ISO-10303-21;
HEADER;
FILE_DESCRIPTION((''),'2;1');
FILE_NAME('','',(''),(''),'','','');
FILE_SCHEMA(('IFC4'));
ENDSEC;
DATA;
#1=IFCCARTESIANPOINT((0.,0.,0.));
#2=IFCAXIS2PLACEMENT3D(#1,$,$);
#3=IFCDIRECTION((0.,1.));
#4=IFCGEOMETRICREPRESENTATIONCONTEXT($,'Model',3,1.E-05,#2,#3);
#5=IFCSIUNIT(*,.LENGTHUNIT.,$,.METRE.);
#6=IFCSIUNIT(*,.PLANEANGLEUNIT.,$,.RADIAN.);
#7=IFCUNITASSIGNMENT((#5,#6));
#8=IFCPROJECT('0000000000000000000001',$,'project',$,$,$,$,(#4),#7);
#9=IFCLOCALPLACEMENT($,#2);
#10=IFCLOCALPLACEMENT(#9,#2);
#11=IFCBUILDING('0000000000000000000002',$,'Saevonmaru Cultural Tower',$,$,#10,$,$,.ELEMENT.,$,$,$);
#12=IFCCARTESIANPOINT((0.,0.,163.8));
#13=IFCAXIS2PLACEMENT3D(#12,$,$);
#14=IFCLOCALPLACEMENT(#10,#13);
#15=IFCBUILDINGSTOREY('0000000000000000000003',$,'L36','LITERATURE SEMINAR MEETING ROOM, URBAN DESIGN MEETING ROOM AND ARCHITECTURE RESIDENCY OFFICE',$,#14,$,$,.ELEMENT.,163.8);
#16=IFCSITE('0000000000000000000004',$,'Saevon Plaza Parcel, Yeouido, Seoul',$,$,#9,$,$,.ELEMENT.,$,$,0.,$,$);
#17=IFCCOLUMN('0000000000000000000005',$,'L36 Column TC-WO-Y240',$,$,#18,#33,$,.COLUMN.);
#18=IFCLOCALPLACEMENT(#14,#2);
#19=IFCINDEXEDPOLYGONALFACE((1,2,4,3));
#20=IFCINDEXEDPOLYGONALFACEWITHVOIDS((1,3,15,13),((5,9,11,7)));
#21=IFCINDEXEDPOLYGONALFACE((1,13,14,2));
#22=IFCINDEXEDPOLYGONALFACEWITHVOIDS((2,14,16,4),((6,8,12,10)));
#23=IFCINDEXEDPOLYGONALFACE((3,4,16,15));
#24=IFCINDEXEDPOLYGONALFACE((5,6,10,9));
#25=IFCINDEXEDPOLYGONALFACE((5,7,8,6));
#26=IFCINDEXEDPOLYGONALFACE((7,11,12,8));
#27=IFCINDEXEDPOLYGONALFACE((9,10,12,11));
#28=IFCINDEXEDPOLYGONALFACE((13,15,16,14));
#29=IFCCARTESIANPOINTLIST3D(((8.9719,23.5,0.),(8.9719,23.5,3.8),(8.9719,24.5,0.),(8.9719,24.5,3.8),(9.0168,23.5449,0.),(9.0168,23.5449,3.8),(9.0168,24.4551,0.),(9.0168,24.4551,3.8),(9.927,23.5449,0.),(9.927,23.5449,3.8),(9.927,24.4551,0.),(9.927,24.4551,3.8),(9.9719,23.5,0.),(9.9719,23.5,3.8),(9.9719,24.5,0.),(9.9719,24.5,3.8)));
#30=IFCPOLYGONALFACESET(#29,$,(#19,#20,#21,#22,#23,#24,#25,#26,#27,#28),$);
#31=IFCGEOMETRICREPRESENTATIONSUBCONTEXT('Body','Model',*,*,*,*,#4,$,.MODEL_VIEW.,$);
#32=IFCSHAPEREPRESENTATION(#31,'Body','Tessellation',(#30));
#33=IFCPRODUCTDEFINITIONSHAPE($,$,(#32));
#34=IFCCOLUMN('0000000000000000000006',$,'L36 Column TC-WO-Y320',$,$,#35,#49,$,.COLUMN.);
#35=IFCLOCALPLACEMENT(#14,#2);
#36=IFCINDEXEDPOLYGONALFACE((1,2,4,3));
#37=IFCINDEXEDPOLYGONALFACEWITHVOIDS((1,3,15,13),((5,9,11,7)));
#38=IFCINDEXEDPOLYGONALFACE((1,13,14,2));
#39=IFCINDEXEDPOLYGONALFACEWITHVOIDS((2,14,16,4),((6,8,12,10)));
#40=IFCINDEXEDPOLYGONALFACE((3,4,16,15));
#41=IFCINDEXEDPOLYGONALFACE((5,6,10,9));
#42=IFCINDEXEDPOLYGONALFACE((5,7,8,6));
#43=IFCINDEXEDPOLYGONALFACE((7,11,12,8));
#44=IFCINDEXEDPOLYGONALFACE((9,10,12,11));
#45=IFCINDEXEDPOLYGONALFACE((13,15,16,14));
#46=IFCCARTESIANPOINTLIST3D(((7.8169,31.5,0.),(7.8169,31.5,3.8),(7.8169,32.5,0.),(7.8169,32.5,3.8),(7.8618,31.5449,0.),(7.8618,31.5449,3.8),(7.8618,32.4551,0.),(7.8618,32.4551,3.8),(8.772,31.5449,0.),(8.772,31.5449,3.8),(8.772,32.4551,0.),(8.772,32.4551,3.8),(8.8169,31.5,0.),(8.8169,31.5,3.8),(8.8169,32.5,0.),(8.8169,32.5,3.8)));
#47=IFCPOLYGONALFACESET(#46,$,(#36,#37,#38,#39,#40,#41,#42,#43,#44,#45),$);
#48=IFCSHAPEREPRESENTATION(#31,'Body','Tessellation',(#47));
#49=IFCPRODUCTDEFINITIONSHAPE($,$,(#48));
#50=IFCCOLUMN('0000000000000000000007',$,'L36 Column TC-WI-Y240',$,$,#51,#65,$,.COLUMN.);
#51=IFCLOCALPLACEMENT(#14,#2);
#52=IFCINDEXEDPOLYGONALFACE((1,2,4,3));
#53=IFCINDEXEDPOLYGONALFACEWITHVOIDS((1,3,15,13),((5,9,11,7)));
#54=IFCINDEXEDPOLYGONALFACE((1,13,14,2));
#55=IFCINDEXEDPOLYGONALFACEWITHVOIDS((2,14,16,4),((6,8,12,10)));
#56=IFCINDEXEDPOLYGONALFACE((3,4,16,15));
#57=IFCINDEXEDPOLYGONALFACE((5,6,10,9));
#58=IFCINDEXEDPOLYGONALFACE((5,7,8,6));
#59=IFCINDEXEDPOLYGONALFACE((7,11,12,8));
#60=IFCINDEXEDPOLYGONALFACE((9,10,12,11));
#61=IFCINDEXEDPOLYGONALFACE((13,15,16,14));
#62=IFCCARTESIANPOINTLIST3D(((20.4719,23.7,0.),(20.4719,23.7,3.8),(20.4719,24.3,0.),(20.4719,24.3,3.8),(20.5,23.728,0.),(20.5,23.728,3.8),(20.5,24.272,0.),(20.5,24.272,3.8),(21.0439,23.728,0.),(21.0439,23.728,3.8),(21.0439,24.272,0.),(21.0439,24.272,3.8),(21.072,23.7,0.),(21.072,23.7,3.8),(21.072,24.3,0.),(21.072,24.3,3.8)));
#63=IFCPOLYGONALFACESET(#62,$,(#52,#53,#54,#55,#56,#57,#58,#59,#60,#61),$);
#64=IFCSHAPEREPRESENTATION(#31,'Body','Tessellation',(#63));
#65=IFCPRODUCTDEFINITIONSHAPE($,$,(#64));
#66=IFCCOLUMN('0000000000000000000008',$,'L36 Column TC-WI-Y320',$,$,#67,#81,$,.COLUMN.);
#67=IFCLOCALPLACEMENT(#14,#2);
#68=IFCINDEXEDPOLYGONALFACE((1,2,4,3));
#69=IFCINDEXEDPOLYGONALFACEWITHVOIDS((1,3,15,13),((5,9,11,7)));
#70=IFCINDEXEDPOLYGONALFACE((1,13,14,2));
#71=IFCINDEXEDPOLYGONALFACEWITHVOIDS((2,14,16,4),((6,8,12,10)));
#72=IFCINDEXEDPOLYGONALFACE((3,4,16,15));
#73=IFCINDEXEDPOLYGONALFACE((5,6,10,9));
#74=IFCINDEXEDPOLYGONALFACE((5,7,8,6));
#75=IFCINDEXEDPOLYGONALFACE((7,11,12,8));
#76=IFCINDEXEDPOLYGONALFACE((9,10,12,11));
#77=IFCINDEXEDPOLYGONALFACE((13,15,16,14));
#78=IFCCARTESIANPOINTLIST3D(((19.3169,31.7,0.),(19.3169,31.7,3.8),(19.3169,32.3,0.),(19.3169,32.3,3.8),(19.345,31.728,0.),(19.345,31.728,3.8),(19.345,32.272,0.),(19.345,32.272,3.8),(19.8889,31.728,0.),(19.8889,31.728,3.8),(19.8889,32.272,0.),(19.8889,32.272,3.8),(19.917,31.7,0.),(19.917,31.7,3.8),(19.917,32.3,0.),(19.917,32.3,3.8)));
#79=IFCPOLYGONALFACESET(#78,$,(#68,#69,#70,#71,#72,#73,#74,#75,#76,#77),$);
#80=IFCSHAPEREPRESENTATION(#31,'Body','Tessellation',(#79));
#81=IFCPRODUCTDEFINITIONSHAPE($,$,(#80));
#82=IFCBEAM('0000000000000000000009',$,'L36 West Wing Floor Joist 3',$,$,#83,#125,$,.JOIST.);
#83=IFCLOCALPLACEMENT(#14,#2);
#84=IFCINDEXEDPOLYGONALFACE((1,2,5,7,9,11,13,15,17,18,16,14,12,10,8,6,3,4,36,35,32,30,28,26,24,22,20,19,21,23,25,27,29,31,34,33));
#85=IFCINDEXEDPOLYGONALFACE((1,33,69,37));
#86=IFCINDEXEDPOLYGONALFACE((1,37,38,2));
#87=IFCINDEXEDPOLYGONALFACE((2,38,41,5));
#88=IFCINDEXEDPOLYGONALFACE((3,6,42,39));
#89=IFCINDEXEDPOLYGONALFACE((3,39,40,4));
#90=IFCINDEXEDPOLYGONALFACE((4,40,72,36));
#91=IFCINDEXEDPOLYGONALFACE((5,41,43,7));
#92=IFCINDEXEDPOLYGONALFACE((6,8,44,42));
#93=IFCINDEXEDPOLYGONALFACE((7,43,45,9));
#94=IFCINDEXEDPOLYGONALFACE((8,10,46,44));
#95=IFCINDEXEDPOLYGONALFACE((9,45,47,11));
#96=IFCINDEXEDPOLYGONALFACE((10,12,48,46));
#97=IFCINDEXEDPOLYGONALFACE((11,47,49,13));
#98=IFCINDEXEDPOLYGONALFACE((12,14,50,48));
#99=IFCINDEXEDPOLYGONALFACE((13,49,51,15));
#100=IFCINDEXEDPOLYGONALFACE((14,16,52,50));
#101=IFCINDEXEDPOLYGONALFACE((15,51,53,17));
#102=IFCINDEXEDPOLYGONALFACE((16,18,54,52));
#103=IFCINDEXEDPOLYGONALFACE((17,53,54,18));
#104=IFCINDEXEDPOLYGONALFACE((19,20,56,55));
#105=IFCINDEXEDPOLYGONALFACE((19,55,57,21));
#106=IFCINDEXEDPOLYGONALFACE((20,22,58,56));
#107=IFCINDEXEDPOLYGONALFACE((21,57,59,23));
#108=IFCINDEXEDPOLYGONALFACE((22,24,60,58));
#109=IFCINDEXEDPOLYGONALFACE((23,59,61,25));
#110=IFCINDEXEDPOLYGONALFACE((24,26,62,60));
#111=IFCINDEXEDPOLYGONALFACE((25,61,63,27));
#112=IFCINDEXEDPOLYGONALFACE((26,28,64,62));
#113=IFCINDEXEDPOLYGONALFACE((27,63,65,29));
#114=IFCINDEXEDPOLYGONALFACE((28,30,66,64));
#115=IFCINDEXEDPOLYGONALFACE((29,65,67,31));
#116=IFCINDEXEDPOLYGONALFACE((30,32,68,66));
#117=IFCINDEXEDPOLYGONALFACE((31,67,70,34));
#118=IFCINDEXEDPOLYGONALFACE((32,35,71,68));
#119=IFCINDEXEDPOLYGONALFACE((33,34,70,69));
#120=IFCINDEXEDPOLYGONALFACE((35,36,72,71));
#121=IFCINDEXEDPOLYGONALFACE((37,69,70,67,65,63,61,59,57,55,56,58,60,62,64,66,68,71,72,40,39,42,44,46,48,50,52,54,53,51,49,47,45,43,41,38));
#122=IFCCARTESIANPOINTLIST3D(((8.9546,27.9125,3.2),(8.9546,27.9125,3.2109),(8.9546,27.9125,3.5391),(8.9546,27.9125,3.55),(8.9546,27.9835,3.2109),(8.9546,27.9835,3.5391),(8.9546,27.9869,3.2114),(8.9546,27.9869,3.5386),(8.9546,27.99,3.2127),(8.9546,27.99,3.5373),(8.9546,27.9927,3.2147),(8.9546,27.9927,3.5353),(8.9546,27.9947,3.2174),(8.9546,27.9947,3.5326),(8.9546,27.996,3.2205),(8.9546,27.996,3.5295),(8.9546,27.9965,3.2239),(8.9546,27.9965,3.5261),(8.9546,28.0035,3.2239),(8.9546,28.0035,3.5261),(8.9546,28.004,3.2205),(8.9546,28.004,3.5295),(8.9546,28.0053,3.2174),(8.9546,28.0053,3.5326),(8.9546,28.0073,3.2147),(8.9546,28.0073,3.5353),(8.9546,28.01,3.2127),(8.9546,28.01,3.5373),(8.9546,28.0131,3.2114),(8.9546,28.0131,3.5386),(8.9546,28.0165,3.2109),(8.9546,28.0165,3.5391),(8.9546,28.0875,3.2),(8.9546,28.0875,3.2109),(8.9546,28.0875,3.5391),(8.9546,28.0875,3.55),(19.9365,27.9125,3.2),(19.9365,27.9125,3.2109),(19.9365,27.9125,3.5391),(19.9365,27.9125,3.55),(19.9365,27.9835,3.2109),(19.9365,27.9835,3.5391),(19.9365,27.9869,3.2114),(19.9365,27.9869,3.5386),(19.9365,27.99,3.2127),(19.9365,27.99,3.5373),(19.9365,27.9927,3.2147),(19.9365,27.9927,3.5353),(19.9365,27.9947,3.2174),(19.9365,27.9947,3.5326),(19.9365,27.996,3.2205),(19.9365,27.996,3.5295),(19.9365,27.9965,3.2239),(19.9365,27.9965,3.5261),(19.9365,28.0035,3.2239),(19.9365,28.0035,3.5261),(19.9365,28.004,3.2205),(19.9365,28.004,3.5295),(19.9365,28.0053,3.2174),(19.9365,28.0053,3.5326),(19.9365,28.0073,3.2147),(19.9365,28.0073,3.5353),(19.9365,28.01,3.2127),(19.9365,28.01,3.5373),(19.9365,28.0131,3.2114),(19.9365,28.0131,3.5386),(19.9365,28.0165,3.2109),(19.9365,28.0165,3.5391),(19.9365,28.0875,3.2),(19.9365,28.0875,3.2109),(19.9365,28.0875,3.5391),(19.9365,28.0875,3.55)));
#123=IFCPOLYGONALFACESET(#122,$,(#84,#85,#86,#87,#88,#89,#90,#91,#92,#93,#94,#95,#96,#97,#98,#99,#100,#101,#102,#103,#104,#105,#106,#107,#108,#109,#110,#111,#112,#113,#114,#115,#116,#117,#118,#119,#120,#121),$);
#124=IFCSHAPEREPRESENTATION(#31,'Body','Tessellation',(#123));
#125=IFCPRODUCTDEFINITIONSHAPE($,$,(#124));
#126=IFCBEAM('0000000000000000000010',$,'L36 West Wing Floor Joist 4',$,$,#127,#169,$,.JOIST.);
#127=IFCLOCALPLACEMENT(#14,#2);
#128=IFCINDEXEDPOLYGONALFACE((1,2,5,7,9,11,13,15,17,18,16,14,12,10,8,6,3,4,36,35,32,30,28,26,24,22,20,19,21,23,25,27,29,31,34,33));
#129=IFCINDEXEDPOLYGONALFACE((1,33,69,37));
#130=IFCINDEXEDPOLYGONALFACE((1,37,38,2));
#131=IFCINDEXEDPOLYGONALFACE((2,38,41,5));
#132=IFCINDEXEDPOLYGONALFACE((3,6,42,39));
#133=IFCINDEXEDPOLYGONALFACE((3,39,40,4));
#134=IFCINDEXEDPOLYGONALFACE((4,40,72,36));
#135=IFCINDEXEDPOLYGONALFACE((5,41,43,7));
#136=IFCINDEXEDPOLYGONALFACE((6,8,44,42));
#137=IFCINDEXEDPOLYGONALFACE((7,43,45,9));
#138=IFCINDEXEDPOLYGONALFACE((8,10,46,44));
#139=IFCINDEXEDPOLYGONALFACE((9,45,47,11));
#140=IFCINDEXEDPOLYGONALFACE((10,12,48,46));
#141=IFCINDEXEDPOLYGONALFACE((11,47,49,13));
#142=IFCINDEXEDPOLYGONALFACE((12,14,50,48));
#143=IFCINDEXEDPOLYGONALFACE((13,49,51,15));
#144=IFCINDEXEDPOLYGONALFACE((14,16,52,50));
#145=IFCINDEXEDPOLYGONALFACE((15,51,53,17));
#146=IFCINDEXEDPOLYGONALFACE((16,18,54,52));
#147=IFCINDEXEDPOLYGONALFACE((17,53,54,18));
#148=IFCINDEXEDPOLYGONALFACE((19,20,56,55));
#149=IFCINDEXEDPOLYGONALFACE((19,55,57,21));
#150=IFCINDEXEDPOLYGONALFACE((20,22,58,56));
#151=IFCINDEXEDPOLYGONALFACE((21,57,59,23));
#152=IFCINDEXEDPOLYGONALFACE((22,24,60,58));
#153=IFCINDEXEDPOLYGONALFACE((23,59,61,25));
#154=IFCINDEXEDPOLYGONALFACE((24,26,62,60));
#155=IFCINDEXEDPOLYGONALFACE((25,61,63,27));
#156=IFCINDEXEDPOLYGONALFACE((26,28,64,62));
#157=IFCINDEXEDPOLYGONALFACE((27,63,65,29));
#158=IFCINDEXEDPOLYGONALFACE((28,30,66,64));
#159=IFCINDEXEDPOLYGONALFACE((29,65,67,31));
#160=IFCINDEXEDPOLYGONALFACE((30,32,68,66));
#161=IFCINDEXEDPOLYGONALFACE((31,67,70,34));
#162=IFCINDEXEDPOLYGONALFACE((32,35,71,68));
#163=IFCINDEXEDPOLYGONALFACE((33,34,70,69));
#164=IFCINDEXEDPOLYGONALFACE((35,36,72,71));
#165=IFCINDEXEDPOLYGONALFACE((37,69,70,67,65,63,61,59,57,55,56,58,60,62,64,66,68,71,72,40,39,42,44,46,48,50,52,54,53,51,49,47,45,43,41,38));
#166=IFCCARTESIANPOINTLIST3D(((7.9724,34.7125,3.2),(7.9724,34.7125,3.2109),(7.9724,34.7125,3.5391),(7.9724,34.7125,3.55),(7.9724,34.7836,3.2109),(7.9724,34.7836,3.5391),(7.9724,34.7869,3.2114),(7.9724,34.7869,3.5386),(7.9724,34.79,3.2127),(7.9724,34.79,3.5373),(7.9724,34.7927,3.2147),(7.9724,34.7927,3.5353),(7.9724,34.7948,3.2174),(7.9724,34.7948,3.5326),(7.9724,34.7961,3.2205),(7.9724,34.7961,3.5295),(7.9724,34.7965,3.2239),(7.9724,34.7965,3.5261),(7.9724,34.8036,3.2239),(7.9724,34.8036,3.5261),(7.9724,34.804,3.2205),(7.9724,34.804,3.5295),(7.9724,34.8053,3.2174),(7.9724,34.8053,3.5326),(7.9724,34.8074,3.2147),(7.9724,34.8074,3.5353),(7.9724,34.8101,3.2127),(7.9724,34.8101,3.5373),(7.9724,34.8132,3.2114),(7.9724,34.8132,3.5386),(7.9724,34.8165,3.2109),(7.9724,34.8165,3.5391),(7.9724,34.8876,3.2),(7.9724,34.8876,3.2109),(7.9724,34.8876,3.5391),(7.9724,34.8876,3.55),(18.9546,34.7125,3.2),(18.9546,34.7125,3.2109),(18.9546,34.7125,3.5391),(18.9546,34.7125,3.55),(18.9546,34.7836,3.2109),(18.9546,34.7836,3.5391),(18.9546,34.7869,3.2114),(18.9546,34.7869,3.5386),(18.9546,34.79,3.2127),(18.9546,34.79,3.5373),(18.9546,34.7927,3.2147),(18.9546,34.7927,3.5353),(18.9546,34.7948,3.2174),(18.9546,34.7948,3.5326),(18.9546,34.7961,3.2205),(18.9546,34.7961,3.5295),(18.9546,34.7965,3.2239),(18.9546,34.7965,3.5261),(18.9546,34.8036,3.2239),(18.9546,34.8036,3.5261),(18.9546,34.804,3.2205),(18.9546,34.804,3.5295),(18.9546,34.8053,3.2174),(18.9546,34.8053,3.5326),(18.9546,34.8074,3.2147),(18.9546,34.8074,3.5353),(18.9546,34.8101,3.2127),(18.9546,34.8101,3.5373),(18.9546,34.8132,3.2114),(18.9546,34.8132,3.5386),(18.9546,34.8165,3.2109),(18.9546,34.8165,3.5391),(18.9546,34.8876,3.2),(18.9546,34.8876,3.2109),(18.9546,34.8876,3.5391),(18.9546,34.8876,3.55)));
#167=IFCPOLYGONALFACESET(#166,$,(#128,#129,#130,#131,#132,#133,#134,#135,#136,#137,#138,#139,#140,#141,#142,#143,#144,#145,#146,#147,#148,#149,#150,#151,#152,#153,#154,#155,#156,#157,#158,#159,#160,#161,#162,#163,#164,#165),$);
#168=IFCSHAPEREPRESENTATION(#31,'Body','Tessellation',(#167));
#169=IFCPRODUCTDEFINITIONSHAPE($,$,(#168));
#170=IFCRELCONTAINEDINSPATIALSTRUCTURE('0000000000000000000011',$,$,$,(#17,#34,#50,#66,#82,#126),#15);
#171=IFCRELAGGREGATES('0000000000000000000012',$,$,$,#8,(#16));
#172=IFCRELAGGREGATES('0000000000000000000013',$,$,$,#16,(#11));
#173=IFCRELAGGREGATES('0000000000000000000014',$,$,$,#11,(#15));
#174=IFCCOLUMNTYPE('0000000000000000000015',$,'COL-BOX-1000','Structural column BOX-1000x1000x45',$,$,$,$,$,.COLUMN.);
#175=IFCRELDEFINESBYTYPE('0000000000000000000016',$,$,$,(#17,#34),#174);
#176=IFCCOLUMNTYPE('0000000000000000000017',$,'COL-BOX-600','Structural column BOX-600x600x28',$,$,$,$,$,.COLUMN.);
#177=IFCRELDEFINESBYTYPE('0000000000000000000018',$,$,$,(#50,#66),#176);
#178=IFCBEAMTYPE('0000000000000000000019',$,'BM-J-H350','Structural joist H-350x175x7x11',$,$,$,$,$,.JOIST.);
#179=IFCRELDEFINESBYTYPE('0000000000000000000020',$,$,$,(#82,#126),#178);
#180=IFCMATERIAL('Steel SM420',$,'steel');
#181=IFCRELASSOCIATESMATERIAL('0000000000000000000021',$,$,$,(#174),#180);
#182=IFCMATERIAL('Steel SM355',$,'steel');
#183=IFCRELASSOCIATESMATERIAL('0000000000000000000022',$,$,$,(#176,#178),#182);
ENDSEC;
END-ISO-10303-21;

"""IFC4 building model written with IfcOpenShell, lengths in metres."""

from ifc_helpers import new_model, si_unit, direction, frame, origin, origin_2d, place, context, subcontext, project, spatial, hollow_rectangle, i_section, extrude, material, material_profile, profile_set, type_object, element, save


model = new_model("IFC4")

# Units and contexts
model_context = context("Model", 3, precision=1e-05, world=origin(), true_north=direction((0.0, 1.0)))
body_context = subcontext(model_context, "Body", "Model", "MODEL_VIEW")
ifc_project = project(units=[si_unit("LENGTHUNIT", "METRE"), si_unit("PLANEANGLEUNIT", "RADIAN")], contexts=[model_context])

# Site, building, storey
site_placement = place(None, origin())
site = spatial("IfcSite", under=ifc_project, at=site_placement, Name="Saevon Plaza Parcel, Yeouido, Seoul", CompositionType="ELEMENT", RefElevation=0.0)
building_placement = place(site_placement, origin())
building = spatial("IfcBuilding", under=site, at=building_placement, Name="Saevonmaru Cultural Tower", CompositionType="ELEMENT")
storey_placement = place(building_placement, frame((0.0, 0.0, 163.8)))
storey = spatial("IfcBuildingStorey", under=building, at=storey_placement, Name="L36", Description="LITERATURE SEMINAR MEETING ROOM, URBAN DESIGN MEETING ROOM AND ARCHITECTURE RESIDENCY OFFICE", CompositionType="ELEMENT", Elevation=163.8)

# Columns
ifc_material_1 = material(Name="Steel SM420", Category="steel")
ifc_material_profile_1 = material_profile(ifc_material_1, hollow_rectangle(XDim=1.0, YDim=1.0, WallThickness=0.0449, at=origin_2d()), Name="BOX-1000x1000x45")
ifc_profile_set_1 = profile_set([ifc_material_profile_1], Name="Steel SM420")
column_type_1 = type_object("IfcColumnType", Name="COL-BOX-1000", Description="Structural column BOX-1000x1000x45", PredefinedType="COLUMN", material=ifc_profile_set_1)
for number, where, z_axis, x_axis, name in (
    (1, (9.4719, 24.0, 0.0), (0.0, 0.0, 1.0), (1.0, 0.0, 0.0), "L36 Column TC-WO-Y240"),
    (2, (8.3169, 32.0, 0.0), (0.0, 0.0, 1.0), (1.0, 0.0, 0.0), "L36 Column TC-WO-Y320"),
):
    element("IfcColumn", number, at=place(storey_placement, frame(where, z_axis=z_axis, x_axis=x_axis)), inside=storey, type_object=column_type_1, Name=name, PredefinedType="COLUMN", context=body_context, shape_type="SweptSolid", body=[
        extrude(hollow_rectangle(XDim=1.0, YDim=1.0, WallThickness=0.0449, at=origin_2d()), origin(), (0.0, 0.0, 1.0), 3.8),
    ])
ifc_material_2 = material(Name="Steel SM355", Category="steel")
ifc_material_profile_2 = material_profile(ifc_material_2, hollow_rectangle(XDim=0.6001, YDim=0.6001, WallThickness=0.0281, at=origin_2d()), Name="BOX-600x600x28")
ifc_profile_set_2 = profile_set([ifc_material_profile_2], Name="Steel SM355")
column_type_2 = type_object("IfcColumnType", Name="COL-BOX-600", Description="Structural column BOX-600x600x28", PredefinedType="COLUMN", material=ifc_profile_set_2)
for number, where, z_axis, x_axis, name in (
    (3, (20.772, 24.0, 0.0), (0.0, 0.0, 1.0), (1.0, 0.0, 0.0), "L36 Column TC-WI-Y240"),
    (4, (19.6169, 32.0, 0.0), (0.0, 0.0, 1.0), (1.0, 0.0, 0.0), "L36 Column TC-WI-Y320"),
):
    element("IfcColumn", number, at=place(storey_placement, frame(where, z_axis=z_axis, x_axis=x_axis)), inside=storey, type_object=column_type_2, Name=name, PredefinedType="COLUMN", context=body_context, shape_type="SweptSolid", body=[
        extrude(hollow_rectangle(XDim=0.6001, YDim=0.6001, WallThickness=0.0281, at=origin_2d()), origin(), (0.0, 0.0, 1.0), 3.8),
    ])

# Beams
ifc_material_profile_3 = material_profile(ifc_material_2, i_section(OverallWidth=0.175, OverallDepth=0.3501, WebThickness=0.0071, FlangeThickness=0.011, FilletRadius=0.0129, at=origin_2d()), Name="H-350x175x7x11")
ifc_profile_set_3 = profile_set([ifc_material_profile_3], Name="Steel SM355")
beam_type_1 = type_object("IfcBeamType", Name="BM-J-H350", Description="Structural joist H-350x175x7x11", PredefinedType="JOIST", material=ifc_profile_set_3)
beam_1_placement = place(storey_placement, frame((8.9546, 28.0, 3.375), z_axis=(1.0, 0.0, 0.0), x_axis=(0.0, 1.0, 0.0)))
element("IfcBeam", 5, at=beam_1_placement, inside=storey, type_object=beam_type_1, Name="L36 West Wing Floor Joist 3", PredefinedType="JOIST", context=body_context, shape_type="SweptSolid", body=[
    extrude(i_section(OverallWidth=0.175, OverallDepth=0.3501, WebThickness=0.0071, FlangeThickness=0.011, FilletRadius=0.0129, at=origin_2d()), origin(), (0.0, 0.0, 1.0), 10.9819),
])
beam_2_placement = place(storey_placement, frame((7.9724, 34.8, 3.375), z_axis=(1.0, 0.0, 0.0), x_axis=(0.0, 1.0, 0.0)))
element("IfcBeam", 6, at=beam_2_placement, inside=storey, type_object=beam_type_1, Name="L36 West Wing Floor Joist 4", PredefinedType="JOIST", context=body_context, shape_type="SweptSolid", body=[
    extrude(i_section(OverallWidth=0.175, OverallDepth=0.3501, WebThickness=0.0071, FlangeThickness=0.011, FilletRadius=0.0129, at=origin_2d()), origin(), (0.0, 0.0, 1.0), 10.9822),
])

save(model, "model.ifc")
